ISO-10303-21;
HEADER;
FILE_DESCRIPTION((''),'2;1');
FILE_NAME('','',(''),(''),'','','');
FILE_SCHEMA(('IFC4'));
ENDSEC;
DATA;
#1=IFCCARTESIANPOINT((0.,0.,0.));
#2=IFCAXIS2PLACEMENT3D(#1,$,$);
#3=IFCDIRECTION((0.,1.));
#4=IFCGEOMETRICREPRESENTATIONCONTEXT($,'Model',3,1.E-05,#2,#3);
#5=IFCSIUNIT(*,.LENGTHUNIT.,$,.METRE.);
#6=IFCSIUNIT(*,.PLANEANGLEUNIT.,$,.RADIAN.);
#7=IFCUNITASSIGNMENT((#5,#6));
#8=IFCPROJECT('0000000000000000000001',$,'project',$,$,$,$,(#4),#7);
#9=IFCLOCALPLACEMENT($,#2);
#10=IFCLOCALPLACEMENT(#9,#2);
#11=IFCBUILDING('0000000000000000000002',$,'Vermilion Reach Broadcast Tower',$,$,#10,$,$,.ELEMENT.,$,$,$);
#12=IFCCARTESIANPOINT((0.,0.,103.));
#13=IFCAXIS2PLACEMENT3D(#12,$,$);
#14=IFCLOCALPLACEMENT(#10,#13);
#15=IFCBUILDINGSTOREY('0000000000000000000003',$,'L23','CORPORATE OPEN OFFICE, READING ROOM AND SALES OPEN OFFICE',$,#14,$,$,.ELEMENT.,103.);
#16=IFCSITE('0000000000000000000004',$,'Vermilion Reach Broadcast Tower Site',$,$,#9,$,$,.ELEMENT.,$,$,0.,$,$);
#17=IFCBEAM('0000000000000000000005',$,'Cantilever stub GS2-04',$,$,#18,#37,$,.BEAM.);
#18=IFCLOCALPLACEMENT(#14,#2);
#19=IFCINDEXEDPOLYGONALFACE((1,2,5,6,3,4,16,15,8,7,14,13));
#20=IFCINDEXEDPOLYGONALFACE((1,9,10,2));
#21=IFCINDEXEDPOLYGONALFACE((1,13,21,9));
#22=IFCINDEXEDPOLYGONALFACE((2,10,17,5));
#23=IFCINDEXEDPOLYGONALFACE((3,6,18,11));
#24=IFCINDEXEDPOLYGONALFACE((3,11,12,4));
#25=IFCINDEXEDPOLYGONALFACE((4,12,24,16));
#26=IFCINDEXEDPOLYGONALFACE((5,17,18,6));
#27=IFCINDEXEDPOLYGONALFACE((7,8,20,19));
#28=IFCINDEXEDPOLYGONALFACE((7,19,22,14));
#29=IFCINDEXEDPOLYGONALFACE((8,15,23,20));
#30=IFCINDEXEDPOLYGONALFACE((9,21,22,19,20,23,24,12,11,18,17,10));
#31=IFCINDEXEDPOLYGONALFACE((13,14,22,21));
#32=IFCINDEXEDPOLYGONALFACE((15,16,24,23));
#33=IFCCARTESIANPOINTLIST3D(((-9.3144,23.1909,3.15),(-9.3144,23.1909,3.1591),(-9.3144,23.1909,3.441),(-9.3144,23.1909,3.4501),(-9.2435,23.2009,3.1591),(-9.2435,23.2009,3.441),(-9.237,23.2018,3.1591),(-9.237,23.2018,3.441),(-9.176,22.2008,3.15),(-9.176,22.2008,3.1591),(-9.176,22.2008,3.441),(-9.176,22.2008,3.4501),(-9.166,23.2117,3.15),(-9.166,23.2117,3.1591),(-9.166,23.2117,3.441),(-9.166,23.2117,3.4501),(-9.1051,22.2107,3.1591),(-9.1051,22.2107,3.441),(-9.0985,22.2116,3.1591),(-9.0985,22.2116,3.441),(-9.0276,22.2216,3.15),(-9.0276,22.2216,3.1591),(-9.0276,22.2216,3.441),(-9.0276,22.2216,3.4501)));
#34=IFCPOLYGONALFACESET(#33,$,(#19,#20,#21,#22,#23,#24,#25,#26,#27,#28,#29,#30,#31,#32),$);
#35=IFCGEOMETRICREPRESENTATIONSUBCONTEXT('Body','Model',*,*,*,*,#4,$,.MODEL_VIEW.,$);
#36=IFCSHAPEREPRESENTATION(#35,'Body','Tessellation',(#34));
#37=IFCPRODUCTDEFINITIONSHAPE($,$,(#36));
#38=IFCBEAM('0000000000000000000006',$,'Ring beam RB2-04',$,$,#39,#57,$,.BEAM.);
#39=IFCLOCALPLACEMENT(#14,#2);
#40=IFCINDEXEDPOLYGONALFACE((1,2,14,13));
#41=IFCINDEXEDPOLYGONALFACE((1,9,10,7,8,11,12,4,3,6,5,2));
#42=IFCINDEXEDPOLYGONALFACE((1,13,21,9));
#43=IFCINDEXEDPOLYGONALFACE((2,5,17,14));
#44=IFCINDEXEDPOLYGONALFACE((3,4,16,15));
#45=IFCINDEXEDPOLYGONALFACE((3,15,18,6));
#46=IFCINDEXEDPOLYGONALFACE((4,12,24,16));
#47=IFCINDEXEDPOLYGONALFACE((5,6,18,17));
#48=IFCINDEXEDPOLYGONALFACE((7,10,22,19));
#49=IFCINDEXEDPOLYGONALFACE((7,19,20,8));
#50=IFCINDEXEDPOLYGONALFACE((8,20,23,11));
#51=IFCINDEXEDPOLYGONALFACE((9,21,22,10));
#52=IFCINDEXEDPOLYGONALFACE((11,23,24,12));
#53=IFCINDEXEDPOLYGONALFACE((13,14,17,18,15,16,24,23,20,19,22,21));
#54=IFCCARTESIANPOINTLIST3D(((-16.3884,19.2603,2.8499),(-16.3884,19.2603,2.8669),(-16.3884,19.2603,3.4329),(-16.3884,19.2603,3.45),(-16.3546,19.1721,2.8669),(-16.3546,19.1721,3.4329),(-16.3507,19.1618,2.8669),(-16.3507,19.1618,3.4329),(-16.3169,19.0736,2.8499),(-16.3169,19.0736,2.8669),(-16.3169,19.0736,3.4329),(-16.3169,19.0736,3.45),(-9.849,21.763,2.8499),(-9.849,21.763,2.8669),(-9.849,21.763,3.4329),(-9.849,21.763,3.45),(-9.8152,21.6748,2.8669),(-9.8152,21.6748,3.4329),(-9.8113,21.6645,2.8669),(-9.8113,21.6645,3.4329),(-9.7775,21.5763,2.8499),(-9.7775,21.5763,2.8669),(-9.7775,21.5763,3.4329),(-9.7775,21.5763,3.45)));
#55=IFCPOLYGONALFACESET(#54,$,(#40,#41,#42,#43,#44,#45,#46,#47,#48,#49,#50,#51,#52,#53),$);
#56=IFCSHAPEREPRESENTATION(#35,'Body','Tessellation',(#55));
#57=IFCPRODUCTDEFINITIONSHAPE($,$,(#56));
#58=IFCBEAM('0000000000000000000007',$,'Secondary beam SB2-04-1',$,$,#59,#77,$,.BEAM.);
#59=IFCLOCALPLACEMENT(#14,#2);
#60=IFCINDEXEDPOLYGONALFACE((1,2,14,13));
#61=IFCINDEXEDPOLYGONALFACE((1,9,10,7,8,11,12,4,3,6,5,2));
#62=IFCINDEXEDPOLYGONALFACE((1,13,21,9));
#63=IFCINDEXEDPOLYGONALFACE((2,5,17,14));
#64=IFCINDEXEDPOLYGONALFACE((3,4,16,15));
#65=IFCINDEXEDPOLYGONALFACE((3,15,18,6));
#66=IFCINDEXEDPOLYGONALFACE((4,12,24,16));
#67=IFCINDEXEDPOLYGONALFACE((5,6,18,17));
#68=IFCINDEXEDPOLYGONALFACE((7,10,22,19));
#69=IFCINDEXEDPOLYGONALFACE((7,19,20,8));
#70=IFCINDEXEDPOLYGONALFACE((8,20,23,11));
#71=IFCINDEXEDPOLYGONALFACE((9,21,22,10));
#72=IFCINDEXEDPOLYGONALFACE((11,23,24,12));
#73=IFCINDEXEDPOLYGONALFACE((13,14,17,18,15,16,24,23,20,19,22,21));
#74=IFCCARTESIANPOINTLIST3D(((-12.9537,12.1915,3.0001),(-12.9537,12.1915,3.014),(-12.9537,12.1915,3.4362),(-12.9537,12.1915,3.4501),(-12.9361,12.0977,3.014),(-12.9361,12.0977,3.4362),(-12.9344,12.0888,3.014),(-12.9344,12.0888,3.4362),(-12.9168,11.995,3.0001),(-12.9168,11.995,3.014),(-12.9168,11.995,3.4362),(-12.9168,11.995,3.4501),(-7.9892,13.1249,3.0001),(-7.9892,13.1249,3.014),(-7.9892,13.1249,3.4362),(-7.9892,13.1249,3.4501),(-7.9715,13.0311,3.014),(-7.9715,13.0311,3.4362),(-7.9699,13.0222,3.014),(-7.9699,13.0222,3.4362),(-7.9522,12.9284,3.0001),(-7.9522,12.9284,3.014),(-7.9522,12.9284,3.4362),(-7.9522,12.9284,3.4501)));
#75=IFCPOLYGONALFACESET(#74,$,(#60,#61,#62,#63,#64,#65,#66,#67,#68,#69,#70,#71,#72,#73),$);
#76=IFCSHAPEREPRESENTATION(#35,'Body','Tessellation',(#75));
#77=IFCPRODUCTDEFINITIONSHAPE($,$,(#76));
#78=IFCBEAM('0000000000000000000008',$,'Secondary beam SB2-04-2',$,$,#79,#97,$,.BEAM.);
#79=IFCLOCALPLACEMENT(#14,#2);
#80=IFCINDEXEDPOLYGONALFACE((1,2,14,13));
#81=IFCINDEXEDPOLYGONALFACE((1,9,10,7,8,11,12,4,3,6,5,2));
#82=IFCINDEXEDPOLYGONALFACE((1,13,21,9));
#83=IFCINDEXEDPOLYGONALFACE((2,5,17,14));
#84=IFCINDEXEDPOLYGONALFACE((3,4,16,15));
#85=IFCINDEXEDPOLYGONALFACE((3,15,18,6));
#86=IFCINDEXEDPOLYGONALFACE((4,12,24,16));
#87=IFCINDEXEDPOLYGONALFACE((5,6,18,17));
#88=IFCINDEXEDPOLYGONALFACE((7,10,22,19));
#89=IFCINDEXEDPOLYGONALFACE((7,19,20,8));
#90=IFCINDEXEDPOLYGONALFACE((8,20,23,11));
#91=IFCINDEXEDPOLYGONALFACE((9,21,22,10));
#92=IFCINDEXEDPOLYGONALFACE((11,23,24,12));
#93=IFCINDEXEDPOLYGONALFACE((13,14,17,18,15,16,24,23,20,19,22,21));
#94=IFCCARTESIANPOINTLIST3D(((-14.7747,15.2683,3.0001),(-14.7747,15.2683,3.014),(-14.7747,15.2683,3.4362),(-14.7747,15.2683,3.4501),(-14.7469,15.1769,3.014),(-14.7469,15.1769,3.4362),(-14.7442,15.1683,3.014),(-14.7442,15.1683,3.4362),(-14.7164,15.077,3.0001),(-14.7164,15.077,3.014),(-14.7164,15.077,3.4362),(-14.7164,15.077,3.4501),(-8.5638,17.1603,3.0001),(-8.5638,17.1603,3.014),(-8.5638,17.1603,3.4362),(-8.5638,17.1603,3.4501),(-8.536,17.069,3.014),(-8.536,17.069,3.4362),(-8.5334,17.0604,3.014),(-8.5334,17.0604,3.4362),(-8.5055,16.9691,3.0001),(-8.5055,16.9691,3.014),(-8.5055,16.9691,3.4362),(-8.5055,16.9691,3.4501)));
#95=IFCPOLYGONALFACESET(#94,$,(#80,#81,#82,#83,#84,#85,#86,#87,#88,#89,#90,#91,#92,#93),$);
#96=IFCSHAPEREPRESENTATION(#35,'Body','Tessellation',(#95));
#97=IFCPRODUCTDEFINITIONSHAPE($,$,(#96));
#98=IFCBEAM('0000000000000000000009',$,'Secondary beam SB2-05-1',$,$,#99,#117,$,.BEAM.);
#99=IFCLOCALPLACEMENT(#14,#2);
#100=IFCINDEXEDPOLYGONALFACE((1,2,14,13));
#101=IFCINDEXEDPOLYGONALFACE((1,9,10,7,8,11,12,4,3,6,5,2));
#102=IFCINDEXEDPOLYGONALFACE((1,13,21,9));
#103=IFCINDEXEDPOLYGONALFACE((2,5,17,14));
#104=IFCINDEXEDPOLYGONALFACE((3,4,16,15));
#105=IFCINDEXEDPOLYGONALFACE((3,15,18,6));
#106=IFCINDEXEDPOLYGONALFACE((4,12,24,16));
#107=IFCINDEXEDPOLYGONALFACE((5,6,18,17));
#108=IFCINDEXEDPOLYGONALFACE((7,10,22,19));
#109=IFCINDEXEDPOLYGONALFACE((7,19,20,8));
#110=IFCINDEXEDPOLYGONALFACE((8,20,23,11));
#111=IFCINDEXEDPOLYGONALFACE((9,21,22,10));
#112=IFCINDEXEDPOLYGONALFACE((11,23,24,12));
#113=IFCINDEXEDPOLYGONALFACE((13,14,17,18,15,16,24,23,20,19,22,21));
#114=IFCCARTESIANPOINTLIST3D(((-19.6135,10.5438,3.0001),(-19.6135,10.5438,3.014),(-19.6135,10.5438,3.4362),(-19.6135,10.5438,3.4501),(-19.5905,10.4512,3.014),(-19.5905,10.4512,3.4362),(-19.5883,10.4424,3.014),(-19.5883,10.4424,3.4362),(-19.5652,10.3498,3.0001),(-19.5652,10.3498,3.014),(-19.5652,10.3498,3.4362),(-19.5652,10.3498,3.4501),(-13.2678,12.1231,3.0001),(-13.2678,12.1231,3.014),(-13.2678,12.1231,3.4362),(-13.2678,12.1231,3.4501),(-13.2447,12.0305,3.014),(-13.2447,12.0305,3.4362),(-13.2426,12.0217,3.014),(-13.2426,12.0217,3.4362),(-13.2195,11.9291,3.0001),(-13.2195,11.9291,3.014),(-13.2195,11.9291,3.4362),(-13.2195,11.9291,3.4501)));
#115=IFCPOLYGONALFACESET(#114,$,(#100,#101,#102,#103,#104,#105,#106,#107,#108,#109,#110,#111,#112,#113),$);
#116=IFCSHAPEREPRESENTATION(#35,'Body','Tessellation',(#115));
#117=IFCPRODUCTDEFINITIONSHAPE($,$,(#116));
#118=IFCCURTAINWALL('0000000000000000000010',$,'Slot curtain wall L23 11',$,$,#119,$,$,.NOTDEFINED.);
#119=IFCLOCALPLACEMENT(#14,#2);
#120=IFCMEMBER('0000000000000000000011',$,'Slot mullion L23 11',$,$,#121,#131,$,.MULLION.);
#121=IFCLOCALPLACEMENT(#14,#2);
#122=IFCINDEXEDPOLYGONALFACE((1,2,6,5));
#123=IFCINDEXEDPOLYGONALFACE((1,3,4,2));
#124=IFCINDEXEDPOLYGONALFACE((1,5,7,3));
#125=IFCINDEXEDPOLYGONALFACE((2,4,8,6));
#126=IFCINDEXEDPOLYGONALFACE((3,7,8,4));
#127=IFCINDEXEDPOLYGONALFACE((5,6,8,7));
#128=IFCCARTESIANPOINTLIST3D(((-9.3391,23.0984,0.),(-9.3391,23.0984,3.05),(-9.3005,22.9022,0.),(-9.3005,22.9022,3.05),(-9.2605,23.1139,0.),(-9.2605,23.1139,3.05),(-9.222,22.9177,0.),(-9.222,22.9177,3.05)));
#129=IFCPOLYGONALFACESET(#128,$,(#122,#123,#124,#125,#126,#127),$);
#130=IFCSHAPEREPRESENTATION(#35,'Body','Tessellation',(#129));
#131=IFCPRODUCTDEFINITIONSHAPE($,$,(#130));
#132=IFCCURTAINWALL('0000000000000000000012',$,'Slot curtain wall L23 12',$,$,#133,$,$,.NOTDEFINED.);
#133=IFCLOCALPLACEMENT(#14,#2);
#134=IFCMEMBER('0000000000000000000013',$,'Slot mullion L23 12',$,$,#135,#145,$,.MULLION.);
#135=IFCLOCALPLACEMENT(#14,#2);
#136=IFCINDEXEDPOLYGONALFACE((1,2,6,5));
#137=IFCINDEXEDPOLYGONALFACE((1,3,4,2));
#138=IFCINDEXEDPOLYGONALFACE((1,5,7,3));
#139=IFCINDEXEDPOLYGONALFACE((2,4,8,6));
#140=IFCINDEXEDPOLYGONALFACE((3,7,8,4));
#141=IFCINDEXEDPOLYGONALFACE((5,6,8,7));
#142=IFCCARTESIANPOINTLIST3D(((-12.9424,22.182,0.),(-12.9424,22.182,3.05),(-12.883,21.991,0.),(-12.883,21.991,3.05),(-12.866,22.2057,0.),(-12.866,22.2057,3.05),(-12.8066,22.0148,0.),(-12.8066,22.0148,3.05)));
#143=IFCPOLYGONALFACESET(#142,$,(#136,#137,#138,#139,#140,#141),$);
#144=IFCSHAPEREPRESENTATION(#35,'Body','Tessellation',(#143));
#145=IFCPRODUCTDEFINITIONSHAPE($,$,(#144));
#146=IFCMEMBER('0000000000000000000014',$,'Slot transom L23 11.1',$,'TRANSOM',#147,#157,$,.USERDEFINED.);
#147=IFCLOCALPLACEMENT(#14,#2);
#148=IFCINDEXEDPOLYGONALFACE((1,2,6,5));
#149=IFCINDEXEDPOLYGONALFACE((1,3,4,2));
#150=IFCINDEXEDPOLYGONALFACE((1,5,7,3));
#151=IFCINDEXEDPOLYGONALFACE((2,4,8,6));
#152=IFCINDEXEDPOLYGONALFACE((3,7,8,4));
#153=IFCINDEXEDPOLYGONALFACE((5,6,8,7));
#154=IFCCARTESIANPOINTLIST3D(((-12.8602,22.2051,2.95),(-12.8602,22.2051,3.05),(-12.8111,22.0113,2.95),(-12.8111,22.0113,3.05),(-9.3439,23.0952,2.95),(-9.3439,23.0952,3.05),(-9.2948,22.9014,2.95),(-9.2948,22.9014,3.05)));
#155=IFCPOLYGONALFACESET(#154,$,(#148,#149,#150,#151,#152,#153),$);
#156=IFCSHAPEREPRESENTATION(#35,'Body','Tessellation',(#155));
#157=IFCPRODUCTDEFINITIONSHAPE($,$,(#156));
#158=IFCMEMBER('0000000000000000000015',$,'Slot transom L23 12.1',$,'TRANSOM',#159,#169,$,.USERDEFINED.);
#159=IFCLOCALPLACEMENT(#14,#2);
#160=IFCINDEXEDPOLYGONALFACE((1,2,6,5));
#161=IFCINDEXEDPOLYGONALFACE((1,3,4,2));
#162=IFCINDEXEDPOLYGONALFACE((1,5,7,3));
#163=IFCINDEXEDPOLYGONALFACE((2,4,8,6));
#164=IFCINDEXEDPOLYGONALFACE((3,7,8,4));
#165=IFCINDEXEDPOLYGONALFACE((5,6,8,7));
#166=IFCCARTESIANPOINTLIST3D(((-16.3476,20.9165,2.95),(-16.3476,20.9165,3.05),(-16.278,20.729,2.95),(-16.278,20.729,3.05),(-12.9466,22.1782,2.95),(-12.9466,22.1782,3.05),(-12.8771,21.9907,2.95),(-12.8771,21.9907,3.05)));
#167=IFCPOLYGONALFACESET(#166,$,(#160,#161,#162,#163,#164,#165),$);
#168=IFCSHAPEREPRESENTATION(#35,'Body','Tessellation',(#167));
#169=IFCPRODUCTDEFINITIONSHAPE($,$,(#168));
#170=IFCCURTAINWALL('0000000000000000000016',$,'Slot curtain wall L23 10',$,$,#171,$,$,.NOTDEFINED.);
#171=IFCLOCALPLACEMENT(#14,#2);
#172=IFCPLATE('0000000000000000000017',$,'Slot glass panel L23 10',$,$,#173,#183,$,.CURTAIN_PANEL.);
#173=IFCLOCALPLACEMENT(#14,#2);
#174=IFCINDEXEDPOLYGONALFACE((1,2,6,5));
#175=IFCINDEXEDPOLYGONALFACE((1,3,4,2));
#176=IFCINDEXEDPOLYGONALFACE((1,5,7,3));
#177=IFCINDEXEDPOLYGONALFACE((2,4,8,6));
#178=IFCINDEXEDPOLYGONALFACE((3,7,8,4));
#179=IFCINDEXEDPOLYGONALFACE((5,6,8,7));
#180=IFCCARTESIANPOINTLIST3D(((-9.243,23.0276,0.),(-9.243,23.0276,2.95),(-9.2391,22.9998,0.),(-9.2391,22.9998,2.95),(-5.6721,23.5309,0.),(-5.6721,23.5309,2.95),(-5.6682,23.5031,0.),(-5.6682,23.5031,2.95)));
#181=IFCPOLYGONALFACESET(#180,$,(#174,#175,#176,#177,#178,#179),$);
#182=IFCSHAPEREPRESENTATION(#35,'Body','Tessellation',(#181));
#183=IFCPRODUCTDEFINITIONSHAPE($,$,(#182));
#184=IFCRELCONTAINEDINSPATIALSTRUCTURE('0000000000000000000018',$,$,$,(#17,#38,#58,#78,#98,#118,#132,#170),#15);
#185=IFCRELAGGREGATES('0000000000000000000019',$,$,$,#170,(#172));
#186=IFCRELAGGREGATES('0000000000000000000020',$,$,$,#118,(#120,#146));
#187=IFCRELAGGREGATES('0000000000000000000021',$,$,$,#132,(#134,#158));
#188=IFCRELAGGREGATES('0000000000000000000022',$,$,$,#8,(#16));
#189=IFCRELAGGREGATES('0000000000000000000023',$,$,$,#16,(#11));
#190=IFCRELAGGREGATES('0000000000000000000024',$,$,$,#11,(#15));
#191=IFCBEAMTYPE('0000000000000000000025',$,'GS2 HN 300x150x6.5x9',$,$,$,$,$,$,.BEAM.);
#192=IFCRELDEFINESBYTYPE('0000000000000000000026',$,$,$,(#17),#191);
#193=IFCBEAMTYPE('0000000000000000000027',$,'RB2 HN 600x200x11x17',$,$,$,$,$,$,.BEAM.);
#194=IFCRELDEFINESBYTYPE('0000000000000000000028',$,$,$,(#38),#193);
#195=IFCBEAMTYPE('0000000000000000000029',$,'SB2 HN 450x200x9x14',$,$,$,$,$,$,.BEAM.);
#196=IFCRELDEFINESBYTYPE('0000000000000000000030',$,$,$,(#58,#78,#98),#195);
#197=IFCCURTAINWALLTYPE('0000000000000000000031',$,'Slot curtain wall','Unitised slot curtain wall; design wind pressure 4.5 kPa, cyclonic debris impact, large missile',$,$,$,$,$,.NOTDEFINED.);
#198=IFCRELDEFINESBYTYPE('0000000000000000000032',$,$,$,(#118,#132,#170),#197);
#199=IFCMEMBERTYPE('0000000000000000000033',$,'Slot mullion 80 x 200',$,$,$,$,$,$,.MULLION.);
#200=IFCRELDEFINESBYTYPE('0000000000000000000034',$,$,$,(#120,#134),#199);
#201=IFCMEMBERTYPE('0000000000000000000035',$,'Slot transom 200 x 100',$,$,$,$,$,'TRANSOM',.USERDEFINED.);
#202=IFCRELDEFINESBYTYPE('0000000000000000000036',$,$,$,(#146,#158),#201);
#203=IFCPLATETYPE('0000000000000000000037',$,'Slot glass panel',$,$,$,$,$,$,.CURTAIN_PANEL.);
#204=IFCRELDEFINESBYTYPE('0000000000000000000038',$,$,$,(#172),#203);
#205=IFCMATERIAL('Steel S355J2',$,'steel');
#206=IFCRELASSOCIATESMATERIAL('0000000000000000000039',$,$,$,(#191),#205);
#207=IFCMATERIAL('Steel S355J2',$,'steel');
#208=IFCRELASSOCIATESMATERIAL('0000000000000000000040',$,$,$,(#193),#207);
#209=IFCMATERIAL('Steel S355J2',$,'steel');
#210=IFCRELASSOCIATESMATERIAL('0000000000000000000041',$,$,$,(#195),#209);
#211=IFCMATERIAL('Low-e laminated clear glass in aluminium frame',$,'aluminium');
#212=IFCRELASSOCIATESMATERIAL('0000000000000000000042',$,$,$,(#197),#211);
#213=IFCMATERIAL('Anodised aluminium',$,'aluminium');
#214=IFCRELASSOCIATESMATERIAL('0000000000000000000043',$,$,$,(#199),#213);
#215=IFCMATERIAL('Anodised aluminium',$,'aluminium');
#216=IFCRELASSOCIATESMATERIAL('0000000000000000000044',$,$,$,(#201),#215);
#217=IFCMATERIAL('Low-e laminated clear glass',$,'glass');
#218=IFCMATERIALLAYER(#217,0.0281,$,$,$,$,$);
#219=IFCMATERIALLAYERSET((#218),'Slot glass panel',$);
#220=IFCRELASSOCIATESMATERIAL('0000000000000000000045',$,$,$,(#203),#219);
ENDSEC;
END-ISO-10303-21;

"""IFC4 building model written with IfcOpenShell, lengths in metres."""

from ifc_helpers import new_model, si_unit, direction, frame, origin, origin_2d, place, context, subcontext, project, spatial, rectangle, i_section, extrude, material, layer, layer_set, material_profile, profile_set, type_object, element, aggregate, save


model = new_model("IFC4")

# Units and contexts
model_context = context("Model", 3, precision=1e-05, world=origin(), true_north=direction((0.0, 1.0)))
body_context = subcontext(model_context, "Body", "Model", "MODEL_VIEW")
ifc_project = project(units=[si_unit("LENGTHUNIT", "METRE"), si_unit("PLANEANGLEUNIT", "RADIAN")], contexts=[model_context])

# Site, building, storey
site_placement = place(None, origin())
site = spatial("IfcSite", under=ifc_project, at=site_placement, Name="Vermilion Reach Broadcast Tower Site", CompositionType="ELEMENT", RefElevation=0.0)
building_placement = place(site_placement, origin())
building = spatial("IfcBuilding", under=site, at=building_placement, Name="Vermilion Reach Broadcast Tower", CompositionType="ELEMENT")
storey_placement = place(building_placement, frame((0.0, 0.0, 103.0)))
storey = spatial("IfcBuildingStorey", under=building, at=storey_placement, Name="L23", Description="CORPORATE OPEN OFFICE, READING ROOM AND SALES OPEN OFFICE", CompositionType="ELEMENT", Elevation=103.0)

# Beams
ifc_material_1 = material(Name="Steel S355J2", Category="steel")
ifc_material_profile_1 = material_profile(ifc_material_1, i_section(OverallWidth=0.1499, OverallDepth=0.3, WebThickness=0.0066, FlangeThickness=0.009, at=origin_2d()), Name="S355J2 HN 300x150x6.5x9")
ifc_profile_set_1 = profile_set([ifc_material_profile_1], Name="Steel S355J2")
beam_type_1 = type_object("IfcBeamType", Name="GS2 HN 300x150x6.5x9", PredefinedType="BEAM", material=ifc_profile_set_1)
beam_1_placement = place(storey_placement, frame((-9.1018, 22.2112, 3.3), z_axis=(-0.138447, 0.99037, 0.0), x_axis=(-0.99037, -0.138447, 0.0)))
element("IfcBeam", 1, at=beam_1_placement, inside=storey, type_object=beam_type_1, Name="Cantilever stub GS2-04", PredefinedType="BEAM", context=body_context, shape_type="SweptSolid", body=[
    extrude(i_section(OverallWidth=0.1499, OverallDepth=0.3, WebThickness=0.0066, FlangeThickness=0.009, at=origin_2d()), origin(), (0.0, 0.0, 1.0), 0.9998),
])
ifc_material_2 = material(Name="Steel S355J2", Category="steel")
ifc_material_profile_2 = material_profile(ifc_material_2, i_section(OverallWidth=0.2, OverallDepth=0.6001, WebThickness=0.011, FlangeThickness=0.0171, at=origin_2d()), Name="S355J2 HN 600x200x11x17")
ifc_profile_set_2 = profile_set([ifc_material_profile_2], Name="Steel S355J2")
beam_type_2 = type_object("IfcBeamType", Name="RB2 HN 600x200x11x17", PredefinedType="BEAM", material=ifc_profile_set_2)
beam_2_placement = place(storey_placement, frame((-9.8132, 21.6697, 3.1499), z_axis=(-0.933939, -0.357432, 0.0), x_axis=(0.357432, -0.933939, 0.0)))
element("IfcBeam", 2, at=beam_2_placement, inside=storey, type_object=beam_type_2, Name="Ring beam RB2-04", PredefinedType="BEAM", context=body_context, shape_type="SweptSolid", body=[
    extrude(i_section(OverallWidth=0.2, OverallDepth=0.6001, WebThickness=0.011, FlangeThickness=0.0171, at=origin_2d()), origin(), (0.0, 0.0, 1.0), 7.002),
])
ifc_material_3 = material(Name="Steel S355J2", Category="steel")
ifc_material_profile_3 = material_profile(ifc_material_3, i_section(OverallWidth=0.2, OverallDepth=0.45, WebThickness=0.009, FlangeThickness=0.0139, at=origin_2d()), Name="S355J2 HN 450x200x9x14")
ifc_profile_set_3 = profile_set([ifc_material_profile_3], Name="Steel S355J2")
beam_type_3 = type_object("IfcBeamType", Name="SB2 HN 450x200x9x14", PredefinedType="BEAM", material=ifc_profile_set_3)
beam_3_placement = place(storey_placement, frame((-7.9707, 13.0266, 3.2251), z_axis=(-0.982783, -0.184764, 0.0), x_axis=(0.184764, -0.982783, 0.0)))
element("IfcBeam", 3, at=beam_3_placement, inside=storey, type_object=beam_type_3, Name="Secondary beam SB2-04-1", PredefinedType="BEAM", context=body_context, shape_type="SweptSolid", body=[
    extrude(i_section(OverallWidth=0.2, OverallDepth=0.45, WebThickness=0.009, FlangeThickness=0.0139, at=origin_2d()), origin(), (0.0, 0.0, 1.0), 5.0515),
])
beam_4_placement = place(storey_placement, frame((-8.5347, 17.0647, 3.2251), z_axis=(-0.956596, -0.291416, 0.0), x_axis=(0.291416, -0.956596, 0.0)))
element("IfcBeam", 4, at=beam_4_placement, inside=storey, type_object=beam_type_3, Name="Secondary beam SB2-04-2", PredefinedType="BEAM", context=body_context, shape_type="SweptSolid", body=[
    extrude(i_section(OverallWidth=0.2, OverallDepth=0.45, WebThickness=0.009, FlangeThickness=0.0139, at=origin_2d()), origin(), (0.0, 0.0, 1.0), 6.4927),
])
beam_5_placement = place(storey_placement, frame((-13.2437, 12.0261, 3.2251), z_axis=(-0.970397, -0.241516, 0.0), x_axis=(0.241516, -0.970397, 0.0)))
element("IfcBeam", 5, at=beam_5_placement, inside=storey, type_object=beam_type_3, Name="Secondary beam SB2-05-1", PredefinedType="BEAM", context=body_context, shape_type="SweptSolid", body=[
    extrude(i_section(OverallWidth=0.2, OverallDepth=0.45, WebThickness=0.009, FlangeThickness=0.0139, at=origin_2d()), origin(), (0.0, 0.0, 1.0), 6.5393),
])

# Curtain walls, members
ifc_material_4 = material(Name="Low-e laminated clear glass in aluminium frame", Category="aluminium")
curtain_wall_type = type_object("IfcCurtainWallType", Name="Slot curtain wall", Description="Unitised slot curtain wall; design wind pressure 4.5 kPa, cyclonic debris impact, large missile", PredefinedType="NOTDEFINED", material=ifc_material_4)
placement = place(storey_placement, origin())
curtain_wall_1 = element("IfcCurtainWall", 6, at=placement, inside=storey, type_object=curtain_wall_type, Name="Slot curtain wall L23 11", PredefinedType="NOTDEFINED")
ifc_material_5 = material(Name="Anodised aluminium", Category="aluminium")
ifc_material_profile_4 = material_profile(ifc_material_5, rectangle(XDim=0.2, YDim=0.0801, at=origin_2d()), Name="Slot mullion 80 x 200")
ifc_profile_set_4 = profile_set([ifc_material_profile_4], Name="Anodised aluminium")
member_type_1 = type_object("IfcMemberType", Name="Slot mullion 80 x 200", PredefinedType="MULLION", material=ifc_profile_set_4)
member_1_placement = place(storey_placement, frame((-9.2805, 23.0081, 0.0), z_axis=(0.0, 0.0, 1.0), x_axis=(0.192763, -0.981245, 0.0)))
member_1 = element("IfcMember", 7, at=member_1_placement, type_object=member_type_1, Name="Slot mullion L23 11", PredefinedType="MULLION", context=body_context, shape_type="SweptSolid", body=[
    extrude(rectangle(XDim=0.2, YDim=0.0801, at=origin_2d()), origin(), (0.0, 0.0, 1.0), 3.05),
])
curtain_wall_2 = element("IfcCurtainWall", 8, at=placement, inside=storey, type_object=curtain_wall_type, Name="Slot curtain wall L23 12", PredefinedType="NOTDEFINED")
member_2_placement = place(storey_placement, frame((-12.8745, 22.0984, 0.0), z_axis=(0.0, 0.0, 1.0), x_axis=(0.297042, -0.954865, 0.0)))
member_2 = element("IfcMember", 9, at=member_2_placement, type_object=member_type_1, Name="Slot mullion L23 12", PredefinedType="MULLION", context=body_context, shape_type="SweptSolid", body=[
    extrude(rectangle(XDim=0.2, YDim=0.0801, at=origin_2d()), origin(), (0.0, 0.0, 1.0), 3.05),
])

# Members
ifc_material_6 = material(Name="Anodised aluminium", Category="aluminium")
ifc_material_profile_5 = material_profile(ifc_material_6, rectangle(XDim=0.2, YDim=0.1001, at=origin_2d()), Name="Slot transom 200 x 100")
ifc_profile_set_5 = profile_set([ifc_material_profile_5], Name="Anodised aluminium")
member_type_2 = type_object("IfcMemberType", Name="Slot transom 200 x 100", ElementType="TRANSOM", PredefinedType="USERDEFINED", material=ifc_profile_set_5)
member_3_placement = place(storey_placement, frame((-9.3193, 22.9983, 3.0), z_axis=(-0.969422, -0.245401, 0.0), x_axis=(0.245401, -0.969422, 0.0)))
member_3 = element("IfcMember", 10, at=member_3_placement, type_object=member_type_2, Name="Slot transom L23 11.1", ObjectType="TRANSOM", PredefinedType="USERDEFINED", context=body_context, shape_type="SweptSolid", body=[
    extrude(rectangle(XDim=0.2, YDim=0.1001, at=origin_2d()), origin(), (0.0, 0.0, 1.0), 3.6272),
])
member_4_placement = place(storey_placement, frame((-12.9119, 22.0845, 3.0), z_axis=(-0.937557, -0.347832, 0.0), x_axis=(0.347832, -0.937557, 0.0)))
member_4 = element("IfcMember", 11, at=member_4_placement, type_object=member_type_2, Name="Slot transom L23 12.1", ObjectType="TRANSOM", PredefinedType="USERDEFINED", context=body_context, shape_type="SweptSolid", body=[
    extrude(rectangle(XDim=0.2, YDim=0.1001, at=origin_2d()), origin(), (0.0, 0.0, 1.0), 3.6274),
])

# Curtain wall, plate
curtain_wall_3 = element("IfcCurtainWall", 12, at=placement, inside=storey, type_object=curtain_wall_type, Name="Slot curtain wall L23 10", PredefinedType="NOTDEFINED")
ifc_material_7 = material(Name="Low-e laminated clear glass", Category="glass")
ifc_layer_1 = layer(ifc_material_7, 0.0281)
ifc_layer_set_1 = layer_set([ifc_layer_1], Name="Slot glass panel")
plate_type = type_object("IfcPlateType", Name="Slot glass panel", PredefinedType="CURTAIN_PANEL", material=ifc_layer_set_1)
plate_1_placement = place(storey_placement, frame((-7.4556, 23.2654, 0.0), z_axis=(0.0, 0.0, 1.0), x_axis=(-0.990213, -0.139561, 0.0)))
plate_1 = element("IfcPlate", 13, at=plate_1_placement, type_object=plate_type, Name="Slot glass panel L23 10", PredefinedType="CURTAIN_PANEL", context=body_context, shape_type="SweptSolid", body=[
    extrude(rectangle(XDim=3.6062, YDim=0.0281, at=origin_2d()), origin(), (0.0, 0.0, 1.0), 2.95),
])
aggregate(curtain_wall_3, [plate_1])

aggregate(curtain_wall_1, [member_1, member_3])
aggregate(curtain_wall_2, [member_2, member_4])

save(model, "model.ifc")
